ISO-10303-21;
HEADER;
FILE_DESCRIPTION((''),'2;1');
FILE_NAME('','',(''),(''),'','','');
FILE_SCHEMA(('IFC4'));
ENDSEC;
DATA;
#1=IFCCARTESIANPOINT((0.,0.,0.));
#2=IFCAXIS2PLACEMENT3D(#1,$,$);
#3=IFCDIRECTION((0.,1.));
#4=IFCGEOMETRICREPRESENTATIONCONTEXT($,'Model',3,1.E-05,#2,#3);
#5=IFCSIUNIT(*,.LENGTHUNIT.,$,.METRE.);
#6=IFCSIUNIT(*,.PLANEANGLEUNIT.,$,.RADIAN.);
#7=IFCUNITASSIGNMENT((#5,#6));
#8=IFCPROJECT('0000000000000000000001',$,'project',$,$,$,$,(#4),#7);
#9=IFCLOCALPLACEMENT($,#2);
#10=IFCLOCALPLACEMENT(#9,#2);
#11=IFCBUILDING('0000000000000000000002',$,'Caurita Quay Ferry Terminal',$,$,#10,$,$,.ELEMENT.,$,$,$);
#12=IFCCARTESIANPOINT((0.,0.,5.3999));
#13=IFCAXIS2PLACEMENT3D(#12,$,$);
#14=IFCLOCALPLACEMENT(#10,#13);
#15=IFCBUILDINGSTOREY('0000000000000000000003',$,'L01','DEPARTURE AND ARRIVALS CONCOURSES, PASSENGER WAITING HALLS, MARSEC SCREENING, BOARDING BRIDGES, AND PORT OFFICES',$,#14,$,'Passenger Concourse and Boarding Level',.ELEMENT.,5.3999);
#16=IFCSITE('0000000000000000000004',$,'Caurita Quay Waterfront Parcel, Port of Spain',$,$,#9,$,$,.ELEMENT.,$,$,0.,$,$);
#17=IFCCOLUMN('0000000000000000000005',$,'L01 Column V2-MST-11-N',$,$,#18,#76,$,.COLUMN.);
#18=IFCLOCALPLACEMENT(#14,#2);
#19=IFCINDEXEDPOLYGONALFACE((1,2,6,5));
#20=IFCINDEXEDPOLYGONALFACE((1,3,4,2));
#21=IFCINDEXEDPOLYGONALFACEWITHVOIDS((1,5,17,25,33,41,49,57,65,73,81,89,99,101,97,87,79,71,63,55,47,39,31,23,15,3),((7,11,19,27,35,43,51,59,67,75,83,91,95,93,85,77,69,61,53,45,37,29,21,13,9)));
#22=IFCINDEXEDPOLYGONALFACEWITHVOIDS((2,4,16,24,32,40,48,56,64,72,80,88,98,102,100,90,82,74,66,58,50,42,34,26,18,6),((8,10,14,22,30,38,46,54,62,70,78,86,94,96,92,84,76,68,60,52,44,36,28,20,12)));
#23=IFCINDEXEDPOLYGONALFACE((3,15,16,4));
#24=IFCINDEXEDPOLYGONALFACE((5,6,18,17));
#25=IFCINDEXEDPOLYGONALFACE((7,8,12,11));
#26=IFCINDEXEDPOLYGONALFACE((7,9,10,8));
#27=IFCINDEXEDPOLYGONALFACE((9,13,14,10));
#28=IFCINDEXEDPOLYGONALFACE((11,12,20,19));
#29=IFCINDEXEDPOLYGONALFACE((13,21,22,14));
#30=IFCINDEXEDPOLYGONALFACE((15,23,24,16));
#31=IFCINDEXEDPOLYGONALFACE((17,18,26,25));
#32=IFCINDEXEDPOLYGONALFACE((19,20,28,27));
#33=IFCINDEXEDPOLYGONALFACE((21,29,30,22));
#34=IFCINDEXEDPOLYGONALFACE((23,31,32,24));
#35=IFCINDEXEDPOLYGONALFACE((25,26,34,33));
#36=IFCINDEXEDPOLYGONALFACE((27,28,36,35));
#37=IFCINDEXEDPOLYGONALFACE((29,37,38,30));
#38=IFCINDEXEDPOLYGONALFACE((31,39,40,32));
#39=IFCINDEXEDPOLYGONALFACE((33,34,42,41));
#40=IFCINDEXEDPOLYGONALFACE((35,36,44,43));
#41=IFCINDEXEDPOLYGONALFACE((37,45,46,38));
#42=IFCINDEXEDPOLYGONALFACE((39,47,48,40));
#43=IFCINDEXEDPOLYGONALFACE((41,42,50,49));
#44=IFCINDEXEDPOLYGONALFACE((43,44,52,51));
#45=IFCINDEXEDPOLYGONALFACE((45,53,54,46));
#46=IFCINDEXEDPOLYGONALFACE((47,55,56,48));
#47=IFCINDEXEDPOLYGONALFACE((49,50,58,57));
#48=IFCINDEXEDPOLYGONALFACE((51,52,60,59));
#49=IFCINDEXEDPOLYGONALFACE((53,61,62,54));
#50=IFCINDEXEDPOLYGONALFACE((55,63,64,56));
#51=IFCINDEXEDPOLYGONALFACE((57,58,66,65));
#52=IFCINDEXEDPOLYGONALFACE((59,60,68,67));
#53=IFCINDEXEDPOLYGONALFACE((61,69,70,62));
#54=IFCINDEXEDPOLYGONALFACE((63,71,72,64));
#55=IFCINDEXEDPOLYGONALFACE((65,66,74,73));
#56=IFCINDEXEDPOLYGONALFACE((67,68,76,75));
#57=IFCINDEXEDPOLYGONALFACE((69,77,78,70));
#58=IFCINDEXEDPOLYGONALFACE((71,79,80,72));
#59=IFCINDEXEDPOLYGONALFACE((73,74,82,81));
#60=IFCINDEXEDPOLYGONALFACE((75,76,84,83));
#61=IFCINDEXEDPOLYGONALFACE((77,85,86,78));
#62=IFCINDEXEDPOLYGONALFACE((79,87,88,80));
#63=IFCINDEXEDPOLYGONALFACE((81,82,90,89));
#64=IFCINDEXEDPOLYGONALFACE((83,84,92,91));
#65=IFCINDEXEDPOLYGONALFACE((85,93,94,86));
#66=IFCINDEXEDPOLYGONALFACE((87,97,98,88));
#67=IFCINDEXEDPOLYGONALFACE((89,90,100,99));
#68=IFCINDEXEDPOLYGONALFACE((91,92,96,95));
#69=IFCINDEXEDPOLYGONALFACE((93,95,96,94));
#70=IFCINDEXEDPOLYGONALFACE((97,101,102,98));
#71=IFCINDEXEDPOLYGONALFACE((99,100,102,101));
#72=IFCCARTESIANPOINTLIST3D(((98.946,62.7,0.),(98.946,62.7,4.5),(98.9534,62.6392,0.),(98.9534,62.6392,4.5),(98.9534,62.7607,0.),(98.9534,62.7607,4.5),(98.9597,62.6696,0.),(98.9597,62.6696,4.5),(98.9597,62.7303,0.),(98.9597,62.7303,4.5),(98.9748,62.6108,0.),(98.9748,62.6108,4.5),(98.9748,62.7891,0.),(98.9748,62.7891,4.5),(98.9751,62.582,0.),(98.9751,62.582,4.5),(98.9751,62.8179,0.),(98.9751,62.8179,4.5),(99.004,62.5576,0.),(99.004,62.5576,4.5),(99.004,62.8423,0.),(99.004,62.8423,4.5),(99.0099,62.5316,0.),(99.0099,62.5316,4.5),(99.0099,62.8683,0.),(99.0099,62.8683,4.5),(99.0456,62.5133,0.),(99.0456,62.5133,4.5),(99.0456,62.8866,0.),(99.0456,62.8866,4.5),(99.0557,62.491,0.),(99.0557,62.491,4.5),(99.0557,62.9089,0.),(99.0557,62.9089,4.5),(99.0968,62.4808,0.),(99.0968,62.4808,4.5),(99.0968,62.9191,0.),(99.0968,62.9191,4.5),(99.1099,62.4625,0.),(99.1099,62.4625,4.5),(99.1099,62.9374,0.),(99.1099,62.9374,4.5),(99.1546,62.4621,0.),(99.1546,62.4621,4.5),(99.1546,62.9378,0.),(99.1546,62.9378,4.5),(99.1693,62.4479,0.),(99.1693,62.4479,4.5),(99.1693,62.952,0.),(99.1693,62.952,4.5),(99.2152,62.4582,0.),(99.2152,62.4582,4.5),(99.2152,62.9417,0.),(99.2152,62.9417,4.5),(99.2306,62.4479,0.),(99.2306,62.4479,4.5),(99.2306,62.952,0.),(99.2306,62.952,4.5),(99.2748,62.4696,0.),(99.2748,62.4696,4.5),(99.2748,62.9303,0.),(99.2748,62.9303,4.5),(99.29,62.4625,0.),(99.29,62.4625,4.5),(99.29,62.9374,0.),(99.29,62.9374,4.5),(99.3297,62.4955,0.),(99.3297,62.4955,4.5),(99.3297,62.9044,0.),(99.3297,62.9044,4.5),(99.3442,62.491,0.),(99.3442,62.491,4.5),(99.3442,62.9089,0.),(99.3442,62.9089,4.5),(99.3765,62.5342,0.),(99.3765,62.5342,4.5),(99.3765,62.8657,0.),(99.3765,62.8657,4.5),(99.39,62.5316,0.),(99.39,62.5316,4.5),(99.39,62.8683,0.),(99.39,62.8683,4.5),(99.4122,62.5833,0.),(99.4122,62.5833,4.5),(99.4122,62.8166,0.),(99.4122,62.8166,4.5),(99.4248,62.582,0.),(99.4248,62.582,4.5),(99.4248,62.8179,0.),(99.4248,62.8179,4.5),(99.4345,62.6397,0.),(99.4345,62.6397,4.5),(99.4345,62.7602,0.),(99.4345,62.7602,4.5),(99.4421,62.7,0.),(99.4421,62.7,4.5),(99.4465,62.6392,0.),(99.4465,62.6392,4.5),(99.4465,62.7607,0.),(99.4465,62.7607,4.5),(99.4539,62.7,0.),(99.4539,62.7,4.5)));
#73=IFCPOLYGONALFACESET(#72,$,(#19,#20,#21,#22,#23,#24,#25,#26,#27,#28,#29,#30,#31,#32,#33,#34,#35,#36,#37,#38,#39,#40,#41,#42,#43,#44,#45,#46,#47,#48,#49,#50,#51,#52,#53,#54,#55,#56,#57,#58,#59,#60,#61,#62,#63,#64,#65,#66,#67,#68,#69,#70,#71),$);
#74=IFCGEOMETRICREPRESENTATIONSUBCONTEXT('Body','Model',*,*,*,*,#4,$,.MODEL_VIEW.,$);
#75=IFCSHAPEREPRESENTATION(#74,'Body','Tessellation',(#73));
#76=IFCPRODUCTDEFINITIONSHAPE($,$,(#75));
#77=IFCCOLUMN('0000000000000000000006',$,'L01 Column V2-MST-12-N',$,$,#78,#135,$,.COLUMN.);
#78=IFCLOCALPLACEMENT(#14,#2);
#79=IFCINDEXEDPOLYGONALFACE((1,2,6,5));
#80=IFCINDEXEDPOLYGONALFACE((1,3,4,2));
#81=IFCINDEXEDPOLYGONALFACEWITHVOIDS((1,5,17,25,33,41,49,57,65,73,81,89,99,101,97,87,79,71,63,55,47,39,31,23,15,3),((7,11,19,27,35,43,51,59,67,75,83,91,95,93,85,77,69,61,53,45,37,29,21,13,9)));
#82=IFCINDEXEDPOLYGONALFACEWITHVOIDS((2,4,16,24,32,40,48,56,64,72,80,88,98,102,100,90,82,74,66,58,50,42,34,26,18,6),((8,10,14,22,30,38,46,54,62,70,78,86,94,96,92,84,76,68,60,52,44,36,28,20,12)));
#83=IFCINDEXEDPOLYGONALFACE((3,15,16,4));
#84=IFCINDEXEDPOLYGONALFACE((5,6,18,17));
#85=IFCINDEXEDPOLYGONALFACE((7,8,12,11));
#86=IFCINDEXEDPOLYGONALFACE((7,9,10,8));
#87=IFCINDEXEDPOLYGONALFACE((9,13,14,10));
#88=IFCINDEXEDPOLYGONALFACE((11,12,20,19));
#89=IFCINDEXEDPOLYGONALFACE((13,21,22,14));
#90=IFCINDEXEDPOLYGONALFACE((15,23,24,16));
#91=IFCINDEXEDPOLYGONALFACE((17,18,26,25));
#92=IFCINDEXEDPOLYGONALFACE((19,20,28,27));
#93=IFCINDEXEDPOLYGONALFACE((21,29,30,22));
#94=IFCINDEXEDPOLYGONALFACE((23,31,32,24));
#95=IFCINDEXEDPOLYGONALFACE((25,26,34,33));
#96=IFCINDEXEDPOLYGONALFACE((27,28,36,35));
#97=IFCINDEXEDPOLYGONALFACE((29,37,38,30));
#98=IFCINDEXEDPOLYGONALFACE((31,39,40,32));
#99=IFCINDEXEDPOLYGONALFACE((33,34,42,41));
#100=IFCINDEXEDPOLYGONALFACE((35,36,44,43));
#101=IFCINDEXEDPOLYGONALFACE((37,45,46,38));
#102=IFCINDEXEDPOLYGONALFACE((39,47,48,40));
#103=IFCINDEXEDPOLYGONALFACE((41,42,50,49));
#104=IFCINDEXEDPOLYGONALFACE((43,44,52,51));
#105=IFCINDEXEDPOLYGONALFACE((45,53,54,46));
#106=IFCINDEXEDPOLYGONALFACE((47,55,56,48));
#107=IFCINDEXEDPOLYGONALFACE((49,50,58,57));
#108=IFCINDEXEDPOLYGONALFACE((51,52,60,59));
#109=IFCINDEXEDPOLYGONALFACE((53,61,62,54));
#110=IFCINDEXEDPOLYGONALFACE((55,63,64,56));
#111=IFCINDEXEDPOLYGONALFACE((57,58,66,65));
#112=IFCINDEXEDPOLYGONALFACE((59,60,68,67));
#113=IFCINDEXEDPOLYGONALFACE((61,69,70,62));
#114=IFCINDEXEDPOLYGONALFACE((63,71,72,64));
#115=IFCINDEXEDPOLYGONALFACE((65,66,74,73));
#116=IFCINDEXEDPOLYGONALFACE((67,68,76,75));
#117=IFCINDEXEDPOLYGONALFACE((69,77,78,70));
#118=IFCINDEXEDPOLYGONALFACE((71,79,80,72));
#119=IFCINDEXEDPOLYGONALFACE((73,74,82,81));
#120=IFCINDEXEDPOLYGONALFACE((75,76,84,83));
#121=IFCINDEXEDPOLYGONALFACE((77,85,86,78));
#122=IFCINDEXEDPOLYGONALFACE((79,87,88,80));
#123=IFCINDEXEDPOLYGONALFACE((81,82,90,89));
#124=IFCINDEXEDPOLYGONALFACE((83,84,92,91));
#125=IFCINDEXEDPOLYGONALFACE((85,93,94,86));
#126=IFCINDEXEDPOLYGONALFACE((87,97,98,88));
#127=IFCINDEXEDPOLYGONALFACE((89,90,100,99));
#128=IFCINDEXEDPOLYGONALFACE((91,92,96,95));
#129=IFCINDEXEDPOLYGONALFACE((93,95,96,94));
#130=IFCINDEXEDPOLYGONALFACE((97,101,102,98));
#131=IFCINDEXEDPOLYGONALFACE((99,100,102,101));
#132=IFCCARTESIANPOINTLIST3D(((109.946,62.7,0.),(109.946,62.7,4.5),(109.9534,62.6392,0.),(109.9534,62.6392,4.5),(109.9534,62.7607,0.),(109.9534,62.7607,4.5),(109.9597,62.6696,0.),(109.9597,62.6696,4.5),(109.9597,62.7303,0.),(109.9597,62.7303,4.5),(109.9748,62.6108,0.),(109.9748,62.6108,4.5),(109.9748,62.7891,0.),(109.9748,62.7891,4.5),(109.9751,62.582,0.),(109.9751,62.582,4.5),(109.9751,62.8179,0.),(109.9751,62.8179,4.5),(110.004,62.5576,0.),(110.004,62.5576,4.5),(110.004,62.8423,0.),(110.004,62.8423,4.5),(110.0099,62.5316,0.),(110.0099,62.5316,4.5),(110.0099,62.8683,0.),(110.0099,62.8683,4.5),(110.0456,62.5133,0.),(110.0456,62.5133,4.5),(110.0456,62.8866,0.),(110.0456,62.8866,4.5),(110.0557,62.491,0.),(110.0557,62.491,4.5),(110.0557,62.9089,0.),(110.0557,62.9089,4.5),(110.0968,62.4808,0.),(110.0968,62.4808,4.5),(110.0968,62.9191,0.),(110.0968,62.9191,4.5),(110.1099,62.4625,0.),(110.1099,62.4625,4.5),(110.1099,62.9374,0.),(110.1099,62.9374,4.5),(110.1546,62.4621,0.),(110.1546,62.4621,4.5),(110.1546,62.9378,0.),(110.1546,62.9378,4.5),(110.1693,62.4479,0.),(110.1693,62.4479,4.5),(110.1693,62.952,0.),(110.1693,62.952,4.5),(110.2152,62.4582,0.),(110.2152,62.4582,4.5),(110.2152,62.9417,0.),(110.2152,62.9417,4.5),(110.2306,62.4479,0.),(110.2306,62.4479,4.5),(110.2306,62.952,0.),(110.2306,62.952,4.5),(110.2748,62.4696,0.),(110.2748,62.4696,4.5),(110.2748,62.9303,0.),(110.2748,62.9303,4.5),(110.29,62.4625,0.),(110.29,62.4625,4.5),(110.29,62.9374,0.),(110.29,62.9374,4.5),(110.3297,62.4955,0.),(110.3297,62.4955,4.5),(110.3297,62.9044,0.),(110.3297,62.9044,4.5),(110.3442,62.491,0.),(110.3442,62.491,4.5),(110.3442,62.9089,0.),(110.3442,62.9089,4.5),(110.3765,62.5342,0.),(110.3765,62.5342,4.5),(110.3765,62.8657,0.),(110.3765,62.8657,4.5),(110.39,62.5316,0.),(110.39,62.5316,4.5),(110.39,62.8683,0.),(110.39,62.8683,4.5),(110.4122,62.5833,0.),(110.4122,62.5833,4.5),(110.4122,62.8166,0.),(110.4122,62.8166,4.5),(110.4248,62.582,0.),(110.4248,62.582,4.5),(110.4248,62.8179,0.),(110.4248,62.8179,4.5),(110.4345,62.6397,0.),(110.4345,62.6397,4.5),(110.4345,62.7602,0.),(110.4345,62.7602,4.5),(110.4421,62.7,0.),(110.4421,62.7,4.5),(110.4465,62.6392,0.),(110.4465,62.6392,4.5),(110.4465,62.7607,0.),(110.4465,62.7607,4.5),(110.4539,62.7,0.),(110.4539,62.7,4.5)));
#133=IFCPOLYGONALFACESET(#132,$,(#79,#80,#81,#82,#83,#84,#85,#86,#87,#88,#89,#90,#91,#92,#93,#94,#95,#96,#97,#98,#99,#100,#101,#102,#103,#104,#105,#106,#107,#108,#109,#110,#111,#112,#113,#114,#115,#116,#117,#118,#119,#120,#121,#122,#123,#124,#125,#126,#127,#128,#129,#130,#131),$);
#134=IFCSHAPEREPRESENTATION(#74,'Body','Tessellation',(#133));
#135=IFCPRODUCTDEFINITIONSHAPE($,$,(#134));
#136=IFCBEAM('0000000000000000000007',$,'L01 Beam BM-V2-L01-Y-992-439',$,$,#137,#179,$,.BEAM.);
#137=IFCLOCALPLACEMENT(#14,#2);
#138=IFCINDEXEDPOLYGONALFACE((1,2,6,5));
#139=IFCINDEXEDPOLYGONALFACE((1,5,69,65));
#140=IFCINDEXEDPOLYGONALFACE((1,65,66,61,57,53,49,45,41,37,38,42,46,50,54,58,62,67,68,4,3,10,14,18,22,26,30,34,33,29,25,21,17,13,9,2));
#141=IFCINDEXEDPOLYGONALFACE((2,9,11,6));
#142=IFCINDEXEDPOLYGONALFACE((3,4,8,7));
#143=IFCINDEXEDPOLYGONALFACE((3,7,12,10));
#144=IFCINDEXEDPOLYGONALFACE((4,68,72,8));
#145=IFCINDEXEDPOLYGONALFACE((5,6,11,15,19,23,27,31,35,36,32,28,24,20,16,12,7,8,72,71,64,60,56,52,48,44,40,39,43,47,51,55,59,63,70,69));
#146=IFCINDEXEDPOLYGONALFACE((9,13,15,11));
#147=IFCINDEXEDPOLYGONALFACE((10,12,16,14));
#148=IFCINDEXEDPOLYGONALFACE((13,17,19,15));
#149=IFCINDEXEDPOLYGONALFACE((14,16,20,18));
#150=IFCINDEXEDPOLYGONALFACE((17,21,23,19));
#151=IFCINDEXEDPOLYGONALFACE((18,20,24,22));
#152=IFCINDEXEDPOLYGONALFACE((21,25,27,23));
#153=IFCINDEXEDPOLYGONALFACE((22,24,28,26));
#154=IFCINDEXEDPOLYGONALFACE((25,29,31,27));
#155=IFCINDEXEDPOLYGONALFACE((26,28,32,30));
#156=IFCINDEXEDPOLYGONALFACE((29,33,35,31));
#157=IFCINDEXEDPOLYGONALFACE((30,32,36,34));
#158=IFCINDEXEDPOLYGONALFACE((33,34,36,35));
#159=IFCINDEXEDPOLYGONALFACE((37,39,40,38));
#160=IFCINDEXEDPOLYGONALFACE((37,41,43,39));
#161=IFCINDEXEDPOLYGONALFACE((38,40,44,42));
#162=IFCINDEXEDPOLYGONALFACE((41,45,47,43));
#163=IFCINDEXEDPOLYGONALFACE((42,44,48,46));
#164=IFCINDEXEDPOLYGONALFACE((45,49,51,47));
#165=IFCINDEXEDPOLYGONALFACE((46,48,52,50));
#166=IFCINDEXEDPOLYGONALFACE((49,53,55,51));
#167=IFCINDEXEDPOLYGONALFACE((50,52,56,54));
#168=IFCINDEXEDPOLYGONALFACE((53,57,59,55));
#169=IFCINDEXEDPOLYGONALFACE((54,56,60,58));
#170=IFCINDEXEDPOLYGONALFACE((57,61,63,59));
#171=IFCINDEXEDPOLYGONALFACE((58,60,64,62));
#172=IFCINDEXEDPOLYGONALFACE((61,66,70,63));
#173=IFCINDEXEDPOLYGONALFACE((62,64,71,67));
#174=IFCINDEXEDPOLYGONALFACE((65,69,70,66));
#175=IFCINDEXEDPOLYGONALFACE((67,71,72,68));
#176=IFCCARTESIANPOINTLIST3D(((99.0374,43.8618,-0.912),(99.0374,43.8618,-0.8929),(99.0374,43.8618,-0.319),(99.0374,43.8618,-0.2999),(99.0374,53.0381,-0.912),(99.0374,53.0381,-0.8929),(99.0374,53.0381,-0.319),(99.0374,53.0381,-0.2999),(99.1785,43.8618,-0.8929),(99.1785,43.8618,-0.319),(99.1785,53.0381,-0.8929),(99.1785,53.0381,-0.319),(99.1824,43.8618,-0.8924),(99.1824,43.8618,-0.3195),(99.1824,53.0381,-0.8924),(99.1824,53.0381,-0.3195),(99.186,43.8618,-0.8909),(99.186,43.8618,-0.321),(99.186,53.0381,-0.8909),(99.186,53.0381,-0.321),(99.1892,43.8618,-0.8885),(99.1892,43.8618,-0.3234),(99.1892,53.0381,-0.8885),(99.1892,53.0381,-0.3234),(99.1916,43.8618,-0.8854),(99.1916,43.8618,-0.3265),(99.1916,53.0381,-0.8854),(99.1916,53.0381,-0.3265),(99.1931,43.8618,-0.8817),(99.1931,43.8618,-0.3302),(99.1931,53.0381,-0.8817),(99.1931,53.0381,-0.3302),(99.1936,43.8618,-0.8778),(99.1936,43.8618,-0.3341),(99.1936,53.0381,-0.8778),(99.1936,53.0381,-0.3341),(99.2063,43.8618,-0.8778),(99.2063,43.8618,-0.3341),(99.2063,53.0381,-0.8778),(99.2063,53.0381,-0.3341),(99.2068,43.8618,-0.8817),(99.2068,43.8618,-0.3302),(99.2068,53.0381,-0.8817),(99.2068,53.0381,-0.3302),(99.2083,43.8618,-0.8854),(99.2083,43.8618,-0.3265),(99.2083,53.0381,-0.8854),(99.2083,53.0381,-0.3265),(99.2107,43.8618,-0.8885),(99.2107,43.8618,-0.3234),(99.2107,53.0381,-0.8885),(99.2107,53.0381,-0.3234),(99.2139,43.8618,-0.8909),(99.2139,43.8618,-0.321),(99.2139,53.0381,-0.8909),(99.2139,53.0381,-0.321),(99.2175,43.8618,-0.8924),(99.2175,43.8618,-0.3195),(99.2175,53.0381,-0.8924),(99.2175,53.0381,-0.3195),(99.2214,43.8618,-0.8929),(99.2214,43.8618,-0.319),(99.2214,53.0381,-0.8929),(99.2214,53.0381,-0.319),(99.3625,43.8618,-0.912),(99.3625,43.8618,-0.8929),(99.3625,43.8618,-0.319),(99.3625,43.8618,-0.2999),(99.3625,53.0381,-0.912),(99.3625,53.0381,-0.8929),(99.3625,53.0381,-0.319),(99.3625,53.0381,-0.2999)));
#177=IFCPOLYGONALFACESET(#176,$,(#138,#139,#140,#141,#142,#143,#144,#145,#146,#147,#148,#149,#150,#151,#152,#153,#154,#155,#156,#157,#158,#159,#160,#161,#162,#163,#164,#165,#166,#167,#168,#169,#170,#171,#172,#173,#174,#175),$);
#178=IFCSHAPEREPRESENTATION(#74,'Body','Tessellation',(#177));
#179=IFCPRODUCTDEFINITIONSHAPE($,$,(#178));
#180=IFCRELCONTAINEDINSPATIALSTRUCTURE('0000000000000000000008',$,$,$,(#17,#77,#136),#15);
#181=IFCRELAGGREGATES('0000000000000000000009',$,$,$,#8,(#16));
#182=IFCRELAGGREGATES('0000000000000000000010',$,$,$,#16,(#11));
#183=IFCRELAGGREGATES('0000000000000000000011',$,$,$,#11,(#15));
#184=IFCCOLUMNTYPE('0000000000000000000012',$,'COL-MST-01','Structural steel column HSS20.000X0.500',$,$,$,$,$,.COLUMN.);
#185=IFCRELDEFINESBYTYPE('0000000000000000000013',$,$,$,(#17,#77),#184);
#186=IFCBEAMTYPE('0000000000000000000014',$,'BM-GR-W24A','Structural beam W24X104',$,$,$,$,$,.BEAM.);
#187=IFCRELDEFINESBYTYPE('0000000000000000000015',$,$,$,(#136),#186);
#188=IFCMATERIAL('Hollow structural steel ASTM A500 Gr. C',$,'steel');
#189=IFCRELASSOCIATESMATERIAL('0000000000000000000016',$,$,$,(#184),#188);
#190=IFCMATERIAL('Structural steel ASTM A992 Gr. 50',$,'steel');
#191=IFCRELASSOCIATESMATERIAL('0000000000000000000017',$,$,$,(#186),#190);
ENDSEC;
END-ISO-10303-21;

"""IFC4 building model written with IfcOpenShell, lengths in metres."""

from ifc_helpers import new_model, si_unit, direction, frame, origin, origin_2d, place, context, subcontext, project, spatial, hollow_circle, i_section, extrude, material, material_profile, profile_set, type_object, element, save


model = new_model("IFC4")

# Units and contexts
model_context = context("Model", 3, precision=1e-05, world=origin(), true_north=direction((0.0, 1.0)))
body_context = subcontext(model_context, "Body", "Model", "MODEL_VIEW")
ifc_project = project(units=[si_unit("LENGTHUNIT", "METRE"), si_unit("PLANEANGLEUNIT", "RADIAN")], contexts=[model_context])

# Site, building, storey
site_placement = place(None, origin())
site = spatial("IfcSite", under=ifc_project, at=site_placement, Name="Caurita Quay Waterfront Parcel, Port of Spain", CompositionType="ELEMENT", RefElevation=0.0)
building_placement = place(site_placement, origin())
building = spatial("IfcBuilding", under=site, at=building_placement, Name="Caurita Quay Ferry Terminal", CompositionType="ELEMENT")
storey_placement = place(building_placement, frame((0.0, 0.0, 5.3999)))
storey = spatial("IfcBuildingStorey", under=building, at=storey_placement, Name="L01", Description="DEPARTURE AND ARRIVALS CONCOURSES, PASSENGER WAITING HALLS, MARSEC SCREENING, BOARDING BRIDGES, AND PORT OFFICES", LongName="Passenger Concourse and Boarding Level", CompositionType="ELEMENT", Elevation=5.3999)

# Columns
ifc_material_1 = material(Name="Hollow structural steel ASTM A500 Gr. C", Category="steel")
ifc_material_profile_1 = material_profile(ifc_material_1, hollow_circle(Radius=0.2539, WallThickness=0.0117, at=origin_2d()), Name="HSS20.000X0.500")
ifc_profile_set_1 = profile_set([ifc_material_profile_1], Name="Hollow structural steel ASTM A500 Gr. C")
column_type = type_object("IfcColumnType", Name="COL-MST-01", Description="Structural steel column HSS20.000X0.500", PredefinedType="COLUMN", material=ifc_profile_set_1)
for number, where, z_axis, x_axis, name in (
    (1, (99.2, 62.7, 0.0), (0.0, 0.0, 1.0), (1.0, 0.0, 0.0), "L01 Column V2-MST-11-N"),
    (2, (110.2, 62.7, 0.0), (0.0, 0.0, 1.0), (1.0, 0.0, 0.0), "L01 Column V2-MST-12-N"),
):
    element("IfcColumn", number, at=place(storey_placement, frame(where, z_axis=z_axis, x_axis=x_axis)), inside=storey, type_object=column_type, Name=name, PredefinedType="COLUMN", context=body_context, shape_type="SweptSolid", body=[
        extrude(hollow_circle(Radius=0.2539, WallThickness=0.0117, at=origin_2d()), origin(), (0.0, 0.0, 1.0), 4.5),
    ])

# Beam
ifc_material_2 = material(Name="Structural steel ASTM A992 Gr. 50", Category="steel")
ifc_material_profile_2 = material_profile(ifc_material_2, i_section(OverallWidth=0.3252, OverallDepth=0.6121, WebThickness=0.0127, FlangeThickness=0.019, FilletRadius=0.0151, at=origin_2d()), Name="W24X104")
ifc_profile_set_2 = profile_set([ifc_material_profile_2], Name="Structural steel ASTM A992 Gr. 50")
beam_type_1 = type_object("IfcBeamType", Name="BM-GR-W24A", Description="Structural beam W24X104", PredefinedType="BEAM", material=ifc_profile_set_2)
beam_1_placement = place(storey_placement, frame((99.2, 43.8618, -0.606), z_axis=(0.0, 1.0, 0.0), x_axis=(-1.0, 0.0, 0.0)))
element("IfcBeam", 3, at=beam_1_placement, inside=storey, type_object=beam_type_1, Name="L01 Beam BM-V2-L01-Y-992-439", PredefinedType="BEAM", context=body_context, shape_type="SweptSolid", body=[
    extrude(i_section(OverallWidth=0.3252, OverallDepth=0.6121, WebThickness=0.0127, FlangeThickness=0.019, FilletRadius=0.0151, at=origin_2d()), origin(), (0.0, 0.0, 1.0), 9.1763),
])

save(model, "model.ifc")
